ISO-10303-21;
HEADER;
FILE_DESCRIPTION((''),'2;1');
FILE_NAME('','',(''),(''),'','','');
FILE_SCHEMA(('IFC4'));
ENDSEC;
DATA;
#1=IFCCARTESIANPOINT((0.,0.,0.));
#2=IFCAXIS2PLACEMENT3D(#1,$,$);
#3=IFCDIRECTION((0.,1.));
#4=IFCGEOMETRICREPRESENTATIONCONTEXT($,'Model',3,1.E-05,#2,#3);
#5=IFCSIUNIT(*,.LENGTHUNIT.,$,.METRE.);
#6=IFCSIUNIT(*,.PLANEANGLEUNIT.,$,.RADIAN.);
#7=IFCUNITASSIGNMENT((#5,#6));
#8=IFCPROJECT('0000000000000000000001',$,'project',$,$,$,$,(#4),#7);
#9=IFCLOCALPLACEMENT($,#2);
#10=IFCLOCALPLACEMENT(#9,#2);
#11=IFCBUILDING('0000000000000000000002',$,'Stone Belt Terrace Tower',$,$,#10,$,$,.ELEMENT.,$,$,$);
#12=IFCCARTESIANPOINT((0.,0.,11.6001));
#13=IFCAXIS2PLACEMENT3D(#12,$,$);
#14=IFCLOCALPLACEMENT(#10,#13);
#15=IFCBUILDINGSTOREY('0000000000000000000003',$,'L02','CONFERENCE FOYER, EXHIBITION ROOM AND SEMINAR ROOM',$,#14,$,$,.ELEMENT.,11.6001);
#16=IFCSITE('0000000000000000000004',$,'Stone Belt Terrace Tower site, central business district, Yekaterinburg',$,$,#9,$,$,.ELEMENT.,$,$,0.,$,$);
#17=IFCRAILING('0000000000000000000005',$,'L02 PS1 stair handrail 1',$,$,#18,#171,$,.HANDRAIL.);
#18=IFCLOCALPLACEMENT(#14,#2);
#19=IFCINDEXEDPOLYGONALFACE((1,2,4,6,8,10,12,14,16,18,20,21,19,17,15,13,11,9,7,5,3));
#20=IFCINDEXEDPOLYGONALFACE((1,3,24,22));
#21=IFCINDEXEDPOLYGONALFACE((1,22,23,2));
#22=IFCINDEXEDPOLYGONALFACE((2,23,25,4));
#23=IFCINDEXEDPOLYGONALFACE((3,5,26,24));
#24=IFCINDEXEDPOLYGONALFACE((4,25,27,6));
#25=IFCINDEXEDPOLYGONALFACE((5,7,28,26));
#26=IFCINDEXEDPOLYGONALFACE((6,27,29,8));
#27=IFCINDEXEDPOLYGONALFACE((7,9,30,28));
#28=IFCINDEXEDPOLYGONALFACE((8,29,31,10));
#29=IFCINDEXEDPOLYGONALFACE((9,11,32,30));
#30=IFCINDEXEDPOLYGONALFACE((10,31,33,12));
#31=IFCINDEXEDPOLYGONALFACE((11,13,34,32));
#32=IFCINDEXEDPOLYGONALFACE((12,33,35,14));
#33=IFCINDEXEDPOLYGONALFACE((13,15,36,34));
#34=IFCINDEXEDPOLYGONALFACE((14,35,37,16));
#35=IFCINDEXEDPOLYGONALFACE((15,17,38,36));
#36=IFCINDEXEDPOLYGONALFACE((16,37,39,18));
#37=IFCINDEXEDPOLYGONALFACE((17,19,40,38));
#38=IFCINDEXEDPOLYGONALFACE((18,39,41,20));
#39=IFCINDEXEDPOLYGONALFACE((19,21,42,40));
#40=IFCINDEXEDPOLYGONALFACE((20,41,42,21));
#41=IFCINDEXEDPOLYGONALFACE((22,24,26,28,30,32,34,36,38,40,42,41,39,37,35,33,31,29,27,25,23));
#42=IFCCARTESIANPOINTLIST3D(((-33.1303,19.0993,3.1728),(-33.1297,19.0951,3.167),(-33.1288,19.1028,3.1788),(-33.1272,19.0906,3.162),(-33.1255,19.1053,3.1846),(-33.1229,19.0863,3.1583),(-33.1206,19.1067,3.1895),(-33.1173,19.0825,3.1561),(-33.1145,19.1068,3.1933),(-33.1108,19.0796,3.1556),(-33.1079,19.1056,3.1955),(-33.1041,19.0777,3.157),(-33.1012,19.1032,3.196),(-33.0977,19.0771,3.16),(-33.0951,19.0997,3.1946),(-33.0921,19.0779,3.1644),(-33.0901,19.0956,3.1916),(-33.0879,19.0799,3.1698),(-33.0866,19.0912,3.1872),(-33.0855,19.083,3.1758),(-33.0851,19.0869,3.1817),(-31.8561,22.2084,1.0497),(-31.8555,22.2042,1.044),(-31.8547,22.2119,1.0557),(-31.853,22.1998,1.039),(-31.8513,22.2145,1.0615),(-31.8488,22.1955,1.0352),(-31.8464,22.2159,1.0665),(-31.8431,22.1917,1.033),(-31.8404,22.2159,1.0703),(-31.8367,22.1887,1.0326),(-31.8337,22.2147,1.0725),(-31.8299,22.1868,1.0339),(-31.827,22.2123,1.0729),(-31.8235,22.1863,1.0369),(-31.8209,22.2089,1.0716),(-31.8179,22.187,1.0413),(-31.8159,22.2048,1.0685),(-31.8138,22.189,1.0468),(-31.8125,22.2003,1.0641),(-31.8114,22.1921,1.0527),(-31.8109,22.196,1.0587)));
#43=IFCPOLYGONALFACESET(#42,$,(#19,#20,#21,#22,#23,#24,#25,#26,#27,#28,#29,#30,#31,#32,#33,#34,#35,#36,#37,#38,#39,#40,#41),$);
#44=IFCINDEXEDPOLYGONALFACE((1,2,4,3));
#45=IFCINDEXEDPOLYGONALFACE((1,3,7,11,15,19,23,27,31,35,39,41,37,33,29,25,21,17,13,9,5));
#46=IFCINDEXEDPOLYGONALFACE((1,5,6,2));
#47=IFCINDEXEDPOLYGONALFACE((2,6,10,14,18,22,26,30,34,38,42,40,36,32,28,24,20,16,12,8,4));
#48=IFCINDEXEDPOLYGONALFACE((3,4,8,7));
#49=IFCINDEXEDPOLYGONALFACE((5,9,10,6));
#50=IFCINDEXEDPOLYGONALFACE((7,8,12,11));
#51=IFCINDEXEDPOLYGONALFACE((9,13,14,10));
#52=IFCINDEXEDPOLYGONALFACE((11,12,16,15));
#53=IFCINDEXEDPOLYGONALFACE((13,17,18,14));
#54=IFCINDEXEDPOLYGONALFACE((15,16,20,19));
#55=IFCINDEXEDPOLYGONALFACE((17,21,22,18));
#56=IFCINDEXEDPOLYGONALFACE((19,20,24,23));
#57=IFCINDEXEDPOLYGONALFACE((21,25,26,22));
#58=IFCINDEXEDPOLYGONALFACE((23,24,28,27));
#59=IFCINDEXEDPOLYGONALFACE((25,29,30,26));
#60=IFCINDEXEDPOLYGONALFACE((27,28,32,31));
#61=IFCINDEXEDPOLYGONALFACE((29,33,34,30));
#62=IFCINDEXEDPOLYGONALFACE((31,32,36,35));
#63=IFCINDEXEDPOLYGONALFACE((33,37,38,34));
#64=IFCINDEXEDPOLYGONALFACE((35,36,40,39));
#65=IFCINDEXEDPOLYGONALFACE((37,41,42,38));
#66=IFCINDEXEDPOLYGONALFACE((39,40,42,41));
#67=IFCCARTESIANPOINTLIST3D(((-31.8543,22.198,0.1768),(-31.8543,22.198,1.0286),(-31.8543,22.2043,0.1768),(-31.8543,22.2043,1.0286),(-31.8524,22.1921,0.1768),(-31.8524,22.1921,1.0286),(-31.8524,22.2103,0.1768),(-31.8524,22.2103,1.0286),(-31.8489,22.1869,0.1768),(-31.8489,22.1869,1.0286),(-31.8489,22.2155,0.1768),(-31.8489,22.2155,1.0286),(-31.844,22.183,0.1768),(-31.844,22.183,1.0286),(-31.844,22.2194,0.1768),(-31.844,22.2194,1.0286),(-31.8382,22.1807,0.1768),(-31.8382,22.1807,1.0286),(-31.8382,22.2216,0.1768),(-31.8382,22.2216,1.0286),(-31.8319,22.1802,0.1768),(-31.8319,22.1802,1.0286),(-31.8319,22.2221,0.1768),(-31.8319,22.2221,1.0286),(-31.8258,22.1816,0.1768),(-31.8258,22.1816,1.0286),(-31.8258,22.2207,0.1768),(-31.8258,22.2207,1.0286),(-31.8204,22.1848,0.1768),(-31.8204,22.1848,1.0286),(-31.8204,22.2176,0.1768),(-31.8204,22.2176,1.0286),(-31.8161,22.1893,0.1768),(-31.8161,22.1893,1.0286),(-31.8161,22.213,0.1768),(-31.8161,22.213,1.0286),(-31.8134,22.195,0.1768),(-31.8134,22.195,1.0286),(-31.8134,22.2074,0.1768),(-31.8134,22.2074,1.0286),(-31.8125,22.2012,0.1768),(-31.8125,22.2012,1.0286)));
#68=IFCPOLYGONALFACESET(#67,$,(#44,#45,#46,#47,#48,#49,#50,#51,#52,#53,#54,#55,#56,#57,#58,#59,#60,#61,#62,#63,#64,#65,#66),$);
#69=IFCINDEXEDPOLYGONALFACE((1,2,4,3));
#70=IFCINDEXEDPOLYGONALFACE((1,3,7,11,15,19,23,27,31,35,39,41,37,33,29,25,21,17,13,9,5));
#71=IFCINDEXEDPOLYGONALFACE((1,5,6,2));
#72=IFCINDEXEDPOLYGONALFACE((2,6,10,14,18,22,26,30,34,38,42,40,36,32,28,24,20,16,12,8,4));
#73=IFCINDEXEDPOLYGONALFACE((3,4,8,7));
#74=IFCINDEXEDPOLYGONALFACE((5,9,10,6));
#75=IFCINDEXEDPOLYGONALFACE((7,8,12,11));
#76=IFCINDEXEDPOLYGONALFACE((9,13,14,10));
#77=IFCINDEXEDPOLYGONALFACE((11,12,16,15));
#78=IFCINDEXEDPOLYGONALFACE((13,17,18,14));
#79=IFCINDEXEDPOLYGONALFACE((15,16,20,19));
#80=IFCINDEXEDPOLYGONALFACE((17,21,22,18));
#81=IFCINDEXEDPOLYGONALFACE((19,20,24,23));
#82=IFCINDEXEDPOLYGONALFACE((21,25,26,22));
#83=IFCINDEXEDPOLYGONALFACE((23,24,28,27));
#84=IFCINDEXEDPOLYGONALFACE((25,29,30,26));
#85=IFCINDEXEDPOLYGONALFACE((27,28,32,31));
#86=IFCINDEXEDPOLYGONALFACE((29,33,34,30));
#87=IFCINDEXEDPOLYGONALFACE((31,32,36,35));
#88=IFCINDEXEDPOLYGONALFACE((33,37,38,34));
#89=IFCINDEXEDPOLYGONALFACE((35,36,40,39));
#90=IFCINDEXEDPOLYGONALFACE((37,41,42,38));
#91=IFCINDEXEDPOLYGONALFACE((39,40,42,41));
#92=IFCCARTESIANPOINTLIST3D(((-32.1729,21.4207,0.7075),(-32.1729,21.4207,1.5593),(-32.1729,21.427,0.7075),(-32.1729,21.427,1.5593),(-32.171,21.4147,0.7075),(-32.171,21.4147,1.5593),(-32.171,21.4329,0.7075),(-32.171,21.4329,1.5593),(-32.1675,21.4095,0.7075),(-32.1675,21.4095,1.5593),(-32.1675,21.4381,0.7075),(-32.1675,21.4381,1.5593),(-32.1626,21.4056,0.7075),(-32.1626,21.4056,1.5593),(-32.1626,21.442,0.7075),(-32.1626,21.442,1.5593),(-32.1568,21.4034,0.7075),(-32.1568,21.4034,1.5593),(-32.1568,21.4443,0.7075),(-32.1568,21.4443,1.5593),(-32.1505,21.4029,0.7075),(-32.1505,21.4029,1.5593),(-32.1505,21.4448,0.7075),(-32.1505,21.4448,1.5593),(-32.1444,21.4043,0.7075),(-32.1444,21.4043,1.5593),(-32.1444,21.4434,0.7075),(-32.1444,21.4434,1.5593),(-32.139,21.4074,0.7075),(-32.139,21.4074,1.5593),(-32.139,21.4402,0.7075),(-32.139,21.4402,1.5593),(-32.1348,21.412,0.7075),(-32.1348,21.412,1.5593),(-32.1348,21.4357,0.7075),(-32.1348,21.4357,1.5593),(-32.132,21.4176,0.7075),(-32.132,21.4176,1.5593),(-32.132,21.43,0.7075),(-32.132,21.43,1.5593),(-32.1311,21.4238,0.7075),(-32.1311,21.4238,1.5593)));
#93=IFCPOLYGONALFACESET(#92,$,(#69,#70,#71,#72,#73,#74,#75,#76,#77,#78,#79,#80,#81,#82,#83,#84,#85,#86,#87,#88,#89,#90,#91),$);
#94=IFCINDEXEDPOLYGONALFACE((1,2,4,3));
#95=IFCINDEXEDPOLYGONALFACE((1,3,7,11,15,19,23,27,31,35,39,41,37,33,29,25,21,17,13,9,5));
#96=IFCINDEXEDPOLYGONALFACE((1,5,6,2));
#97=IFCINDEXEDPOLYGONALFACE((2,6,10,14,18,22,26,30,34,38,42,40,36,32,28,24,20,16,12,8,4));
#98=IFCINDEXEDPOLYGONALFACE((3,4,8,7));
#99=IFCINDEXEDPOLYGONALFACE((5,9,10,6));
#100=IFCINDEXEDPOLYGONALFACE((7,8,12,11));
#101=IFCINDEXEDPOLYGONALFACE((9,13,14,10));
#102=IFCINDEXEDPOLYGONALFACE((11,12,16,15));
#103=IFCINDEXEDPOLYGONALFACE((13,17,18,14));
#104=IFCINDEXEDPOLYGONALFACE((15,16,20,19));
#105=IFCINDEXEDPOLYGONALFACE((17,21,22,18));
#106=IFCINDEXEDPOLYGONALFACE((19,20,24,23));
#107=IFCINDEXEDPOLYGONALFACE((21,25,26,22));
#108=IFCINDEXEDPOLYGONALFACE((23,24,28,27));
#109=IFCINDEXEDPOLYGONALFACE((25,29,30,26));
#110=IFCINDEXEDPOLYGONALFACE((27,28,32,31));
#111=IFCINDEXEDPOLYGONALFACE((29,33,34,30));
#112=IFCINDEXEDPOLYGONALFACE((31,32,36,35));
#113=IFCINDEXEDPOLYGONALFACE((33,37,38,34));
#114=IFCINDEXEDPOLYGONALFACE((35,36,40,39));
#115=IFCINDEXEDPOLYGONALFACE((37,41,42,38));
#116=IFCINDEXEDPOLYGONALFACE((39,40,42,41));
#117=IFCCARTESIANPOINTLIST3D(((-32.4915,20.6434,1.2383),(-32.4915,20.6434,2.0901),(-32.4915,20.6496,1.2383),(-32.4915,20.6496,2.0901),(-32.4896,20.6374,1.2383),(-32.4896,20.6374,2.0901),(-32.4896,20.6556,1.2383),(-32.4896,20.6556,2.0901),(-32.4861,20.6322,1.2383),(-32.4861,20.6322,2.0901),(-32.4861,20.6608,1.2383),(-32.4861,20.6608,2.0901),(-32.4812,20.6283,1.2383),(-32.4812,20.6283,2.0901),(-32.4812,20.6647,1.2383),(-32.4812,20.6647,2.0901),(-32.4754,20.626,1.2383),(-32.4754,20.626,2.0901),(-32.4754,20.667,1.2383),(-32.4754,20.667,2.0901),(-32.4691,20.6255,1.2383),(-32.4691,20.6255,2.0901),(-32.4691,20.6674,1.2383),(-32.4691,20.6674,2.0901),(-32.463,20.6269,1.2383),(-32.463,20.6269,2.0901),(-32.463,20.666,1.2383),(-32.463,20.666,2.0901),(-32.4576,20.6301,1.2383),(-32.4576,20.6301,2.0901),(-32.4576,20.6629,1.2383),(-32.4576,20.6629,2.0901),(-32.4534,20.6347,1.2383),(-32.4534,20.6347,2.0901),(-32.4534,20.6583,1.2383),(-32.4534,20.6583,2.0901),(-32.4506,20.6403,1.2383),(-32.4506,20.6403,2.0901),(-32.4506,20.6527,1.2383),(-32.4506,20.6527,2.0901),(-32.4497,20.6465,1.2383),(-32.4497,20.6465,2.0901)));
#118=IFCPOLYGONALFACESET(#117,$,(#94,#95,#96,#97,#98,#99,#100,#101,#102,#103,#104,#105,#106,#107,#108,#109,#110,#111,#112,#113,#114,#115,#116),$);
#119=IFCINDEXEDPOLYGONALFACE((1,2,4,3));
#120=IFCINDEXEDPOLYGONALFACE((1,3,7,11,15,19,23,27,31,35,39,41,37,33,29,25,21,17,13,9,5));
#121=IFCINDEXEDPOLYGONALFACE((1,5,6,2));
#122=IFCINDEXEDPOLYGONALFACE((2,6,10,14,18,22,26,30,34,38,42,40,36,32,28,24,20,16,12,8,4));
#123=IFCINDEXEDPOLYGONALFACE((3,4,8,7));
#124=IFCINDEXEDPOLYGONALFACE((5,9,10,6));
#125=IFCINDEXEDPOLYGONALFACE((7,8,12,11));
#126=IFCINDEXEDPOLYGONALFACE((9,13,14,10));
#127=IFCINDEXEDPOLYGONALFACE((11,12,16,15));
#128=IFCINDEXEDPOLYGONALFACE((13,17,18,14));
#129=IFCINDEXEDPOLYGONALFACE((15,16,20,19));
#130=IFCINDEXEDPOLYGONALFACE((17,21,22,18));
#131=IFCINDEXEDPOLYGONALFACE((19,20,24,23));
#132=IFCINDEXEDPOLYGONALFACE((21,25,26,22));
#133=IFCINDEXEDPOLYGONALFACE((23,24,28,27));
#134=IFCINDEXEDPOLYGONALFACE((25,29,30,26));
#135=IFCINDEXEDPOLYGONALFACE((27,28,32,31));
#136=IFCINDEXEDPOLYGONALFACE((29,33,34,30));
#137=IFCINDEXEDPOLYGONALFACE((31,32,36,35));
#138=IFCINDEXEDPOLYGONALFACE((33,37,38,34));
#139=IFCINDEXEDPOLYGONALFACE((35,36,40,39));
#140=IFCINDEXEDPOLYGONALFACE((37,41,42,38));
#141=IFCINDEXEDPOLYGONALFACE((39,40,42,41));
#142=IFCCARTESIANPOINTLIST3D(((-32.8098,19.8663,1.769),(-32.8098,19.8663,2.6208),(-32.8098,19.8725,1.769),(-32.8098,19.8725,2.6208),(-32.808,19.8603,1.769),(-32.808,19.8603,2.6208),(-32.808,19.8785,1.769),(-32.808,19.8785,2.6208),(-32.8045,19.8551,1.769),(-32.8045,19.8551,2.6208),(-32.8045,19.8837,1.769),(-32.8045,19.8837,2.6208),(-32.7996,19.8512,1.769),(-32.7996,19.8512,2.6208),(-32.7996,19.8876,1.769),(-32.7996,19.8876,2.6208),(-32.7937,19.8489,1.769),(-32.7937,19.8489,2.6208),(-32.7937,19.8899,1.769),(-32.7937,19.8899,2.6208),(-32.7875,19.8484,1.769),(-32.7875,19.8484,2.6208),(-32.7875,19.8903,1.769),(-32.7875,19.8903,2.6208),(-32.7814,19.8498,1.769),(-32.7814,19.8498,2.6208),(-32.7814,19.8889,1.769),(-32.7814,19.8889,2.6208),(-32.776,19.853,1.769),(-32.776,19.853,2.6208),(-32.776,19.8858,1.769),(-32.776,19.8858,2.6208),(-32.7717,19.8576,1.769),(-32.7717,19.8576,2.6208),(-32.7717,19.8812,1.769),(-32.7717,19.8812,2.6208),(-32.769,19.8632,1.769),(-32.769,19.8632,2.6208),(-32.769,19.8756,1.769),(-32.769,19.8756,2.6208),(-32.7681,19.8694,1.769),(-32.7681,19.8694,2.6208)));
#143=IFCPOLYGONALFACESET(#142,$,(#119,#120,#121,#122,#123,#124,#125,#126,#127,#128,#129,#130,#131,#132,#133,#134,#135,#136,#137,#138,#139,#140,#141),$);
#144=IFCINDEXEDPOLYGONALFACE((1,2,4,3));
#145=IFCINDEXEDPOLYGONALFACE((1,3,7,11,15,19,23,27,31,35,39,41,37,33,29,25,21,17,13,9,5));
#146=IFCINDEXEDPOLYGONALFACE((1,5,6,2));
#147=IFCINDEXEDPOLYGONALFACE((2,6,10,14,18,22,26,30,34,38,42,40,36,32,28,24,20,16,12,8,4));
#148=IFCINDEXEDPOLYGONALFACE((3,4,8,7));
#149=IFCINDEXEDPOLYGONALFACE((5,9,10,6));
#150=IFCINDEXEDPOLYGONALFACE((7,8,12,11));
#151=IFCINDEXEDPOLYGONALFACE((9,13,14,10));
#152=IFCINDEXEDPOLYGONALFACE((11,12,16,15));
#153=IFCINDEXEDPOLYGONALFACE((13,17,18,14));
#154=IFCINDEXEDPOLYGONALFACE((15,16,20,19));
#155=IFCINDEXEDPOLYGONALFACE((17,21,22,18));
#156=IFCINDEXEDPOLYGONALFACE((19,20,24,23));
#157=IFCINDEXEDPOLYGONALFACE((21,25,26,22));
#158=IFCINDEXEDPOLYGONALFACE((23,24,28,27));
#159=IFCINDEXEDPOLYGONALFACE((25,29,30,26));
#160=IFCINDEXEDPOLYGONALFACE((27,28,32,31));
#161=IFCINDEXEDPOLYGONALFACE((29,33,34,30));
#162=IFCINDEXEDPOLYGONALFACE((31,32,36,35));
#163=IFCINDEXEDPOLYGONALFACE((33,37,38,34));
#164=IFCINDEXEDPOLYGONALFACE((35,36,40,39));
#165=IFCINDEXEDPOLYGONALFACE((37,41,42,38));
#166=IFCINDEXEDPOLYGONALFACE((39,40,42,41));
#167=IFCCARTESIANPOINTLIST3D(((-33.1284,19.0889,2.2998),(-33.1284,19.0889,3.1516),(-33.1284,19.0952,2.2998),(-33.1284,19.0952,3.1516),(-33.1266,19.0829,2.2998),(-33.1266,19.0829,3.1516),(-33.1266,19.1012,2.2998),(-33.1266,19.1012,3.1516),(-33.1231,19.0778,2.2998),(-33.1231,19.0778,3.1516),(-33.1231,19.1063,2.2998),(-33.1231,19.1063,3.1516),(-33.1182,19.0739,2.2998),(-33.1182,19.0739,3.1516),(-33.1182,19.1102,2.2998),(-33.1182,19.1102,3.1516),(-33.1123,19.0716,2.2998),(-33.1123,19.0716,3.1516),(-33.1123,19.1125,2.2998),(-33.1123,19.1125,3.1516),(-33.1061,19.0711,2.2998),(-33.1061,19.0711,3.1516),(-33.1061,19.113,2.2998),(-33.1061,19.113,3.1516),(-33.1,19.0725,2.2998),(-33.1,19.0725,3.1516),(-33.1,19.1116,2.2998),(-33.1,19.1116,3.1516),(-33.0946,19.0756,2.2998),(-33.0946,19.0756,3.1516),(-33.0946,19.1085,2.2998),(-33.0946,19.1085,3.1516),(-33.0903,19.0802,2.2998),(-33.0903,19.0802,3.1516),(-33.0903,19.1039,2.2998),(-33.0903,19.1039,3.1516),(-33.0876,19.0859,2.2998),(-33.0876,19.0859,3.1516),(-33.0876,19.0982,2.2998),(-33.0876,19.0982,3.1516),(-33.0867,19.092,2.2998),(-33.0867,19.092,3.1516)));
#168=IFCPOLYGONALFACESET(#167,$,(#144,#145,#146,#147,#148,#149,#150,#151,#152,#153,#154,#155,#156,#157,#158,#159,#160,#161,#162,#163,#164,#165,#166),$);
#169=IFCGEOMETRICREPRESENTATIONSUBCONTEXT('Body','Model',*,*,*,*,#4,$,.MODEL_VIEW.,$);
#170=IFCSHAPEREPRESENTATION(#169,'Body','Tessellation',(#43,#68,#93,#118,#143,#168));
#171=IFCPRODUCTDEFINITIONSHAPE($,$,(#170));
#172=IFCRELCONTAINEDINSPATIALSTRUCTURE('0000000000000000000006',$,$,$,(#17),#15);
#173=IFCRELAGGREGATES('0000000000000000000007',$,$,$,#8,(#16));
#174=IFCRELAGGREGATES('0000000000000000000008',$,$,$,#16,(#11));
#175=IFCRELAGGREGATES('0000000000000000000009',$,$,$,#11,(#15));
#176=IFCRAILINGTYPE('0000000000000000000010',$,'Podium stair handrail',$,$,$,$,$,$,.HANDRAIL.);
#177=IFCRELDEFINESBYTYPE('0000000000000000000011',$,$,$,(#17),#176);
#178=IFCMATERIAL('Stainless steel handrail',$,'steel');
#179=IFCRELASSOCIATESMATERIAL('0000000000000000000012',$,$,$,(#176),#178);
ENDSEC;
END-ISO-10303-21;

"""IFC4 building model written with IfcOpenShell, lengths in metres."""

from ifc_helpers import new_model, si_unit, direction, frame, origin, origin_2d, place, context, subcontext, project, spatial, circle, extrude, material, type_object, element, save


model = new_model("IFC4")

# Units and contexts
model_context = context("Model", 3, precision=1e-05, world=origin(), true_north=direction((0.0, 1.0)))
body_context = subcontext(model_context, "Body", "Model", "MODEL_VIEW")
ifc_project = project(units=[si_unit("LENGTHUNIT", "METRE"), si_unit("PLANEANGLEUNIT", "RADIAN")], contexts=[model_context])

# Site, building, storey
site_placement = place(None, origin())
site = spatial("IfcSite", under=ifc_project, at=site_placement, Name="Stone Belt Terrace Tower site, central business district, Yekaterinburg", CompositionType="ELEMENT", RefElevation=0.0)
building_placement = place(site_placement, origin())
building = spatial("IfcBuilding", under=site, at=building_placement, Name="Stone Belt Terrace Tower", CompositionType="ELEMENT")
storey_placement = place(building_placement, frame((0.0, 0.0, 11.6001)))
storey = spatial("IfcBuildingStorey", under=building, at=storey_placement, Name="L02", Description="CONFERENCE FOYER, EXHIBITION ROOM AND SEMINAR ROOM", CompositionType="ELEMENT", Elevation=11.6001)

# Railing
ifc_material_1 = material(Name="Stainless steel handrail", Category="steel")
railing_type_1 = type_object("IfcRailingType", Name="Podium stair handrail", PredefinedType="HANDRAIL", material=ifc_material_1)
railing_1_placement = place(storey_placement, frame((-31.8335, 22.2012, 0.1768)))
element("IfcRailing", 1, at=railing_1_placement, inside=storey, type_object=railing_type_1, Name="L02 PS1 stair handrail 1", PredefinedType="HANDRAIL", context=body_context, shape_type="SweptSolid", body=[
    extrude(circle(Radius=0.0239, at=origin_2d()), frame((0.0, 0.0, 0.876), z_axis=(-0.320577, -0.782248, 0.534152), x_axis=(0.925312, -0.379207, 0.0)), (0.0, 0.0, 1.0), 3.9746),
    extrude(circle(Radius=0.021, at=origin_2d()), origin(), (0.0, 0.0, 1.0), 0.8518),
    extrude(circle(Radius=0.021, at=origin_2d()), frame((-0.3186, -0.7773, 0.5308)), (0.0, 0.0, 1.0), 0.8518),
    extrude(circle(Radius=0.021, at=origin_2d()), frame((-0.6372, -1.5547, 1.0615)), (0.0, 0.0, 1.0), 0.8518),
    extrude(circle(Radius=0.021, at=origin_2d()), frame((-0.9556, -2.3318, 1.5923)), (0.0, 0.0, 1.0), 0.8518),
    extrude(circle(Radius=0.021, at=origin_2d()), frame((-1.2742, -3.1091, 2.123)), (0.0, 0.0, 1.0), 0.8518),
])

save(model, "model.ifc")
